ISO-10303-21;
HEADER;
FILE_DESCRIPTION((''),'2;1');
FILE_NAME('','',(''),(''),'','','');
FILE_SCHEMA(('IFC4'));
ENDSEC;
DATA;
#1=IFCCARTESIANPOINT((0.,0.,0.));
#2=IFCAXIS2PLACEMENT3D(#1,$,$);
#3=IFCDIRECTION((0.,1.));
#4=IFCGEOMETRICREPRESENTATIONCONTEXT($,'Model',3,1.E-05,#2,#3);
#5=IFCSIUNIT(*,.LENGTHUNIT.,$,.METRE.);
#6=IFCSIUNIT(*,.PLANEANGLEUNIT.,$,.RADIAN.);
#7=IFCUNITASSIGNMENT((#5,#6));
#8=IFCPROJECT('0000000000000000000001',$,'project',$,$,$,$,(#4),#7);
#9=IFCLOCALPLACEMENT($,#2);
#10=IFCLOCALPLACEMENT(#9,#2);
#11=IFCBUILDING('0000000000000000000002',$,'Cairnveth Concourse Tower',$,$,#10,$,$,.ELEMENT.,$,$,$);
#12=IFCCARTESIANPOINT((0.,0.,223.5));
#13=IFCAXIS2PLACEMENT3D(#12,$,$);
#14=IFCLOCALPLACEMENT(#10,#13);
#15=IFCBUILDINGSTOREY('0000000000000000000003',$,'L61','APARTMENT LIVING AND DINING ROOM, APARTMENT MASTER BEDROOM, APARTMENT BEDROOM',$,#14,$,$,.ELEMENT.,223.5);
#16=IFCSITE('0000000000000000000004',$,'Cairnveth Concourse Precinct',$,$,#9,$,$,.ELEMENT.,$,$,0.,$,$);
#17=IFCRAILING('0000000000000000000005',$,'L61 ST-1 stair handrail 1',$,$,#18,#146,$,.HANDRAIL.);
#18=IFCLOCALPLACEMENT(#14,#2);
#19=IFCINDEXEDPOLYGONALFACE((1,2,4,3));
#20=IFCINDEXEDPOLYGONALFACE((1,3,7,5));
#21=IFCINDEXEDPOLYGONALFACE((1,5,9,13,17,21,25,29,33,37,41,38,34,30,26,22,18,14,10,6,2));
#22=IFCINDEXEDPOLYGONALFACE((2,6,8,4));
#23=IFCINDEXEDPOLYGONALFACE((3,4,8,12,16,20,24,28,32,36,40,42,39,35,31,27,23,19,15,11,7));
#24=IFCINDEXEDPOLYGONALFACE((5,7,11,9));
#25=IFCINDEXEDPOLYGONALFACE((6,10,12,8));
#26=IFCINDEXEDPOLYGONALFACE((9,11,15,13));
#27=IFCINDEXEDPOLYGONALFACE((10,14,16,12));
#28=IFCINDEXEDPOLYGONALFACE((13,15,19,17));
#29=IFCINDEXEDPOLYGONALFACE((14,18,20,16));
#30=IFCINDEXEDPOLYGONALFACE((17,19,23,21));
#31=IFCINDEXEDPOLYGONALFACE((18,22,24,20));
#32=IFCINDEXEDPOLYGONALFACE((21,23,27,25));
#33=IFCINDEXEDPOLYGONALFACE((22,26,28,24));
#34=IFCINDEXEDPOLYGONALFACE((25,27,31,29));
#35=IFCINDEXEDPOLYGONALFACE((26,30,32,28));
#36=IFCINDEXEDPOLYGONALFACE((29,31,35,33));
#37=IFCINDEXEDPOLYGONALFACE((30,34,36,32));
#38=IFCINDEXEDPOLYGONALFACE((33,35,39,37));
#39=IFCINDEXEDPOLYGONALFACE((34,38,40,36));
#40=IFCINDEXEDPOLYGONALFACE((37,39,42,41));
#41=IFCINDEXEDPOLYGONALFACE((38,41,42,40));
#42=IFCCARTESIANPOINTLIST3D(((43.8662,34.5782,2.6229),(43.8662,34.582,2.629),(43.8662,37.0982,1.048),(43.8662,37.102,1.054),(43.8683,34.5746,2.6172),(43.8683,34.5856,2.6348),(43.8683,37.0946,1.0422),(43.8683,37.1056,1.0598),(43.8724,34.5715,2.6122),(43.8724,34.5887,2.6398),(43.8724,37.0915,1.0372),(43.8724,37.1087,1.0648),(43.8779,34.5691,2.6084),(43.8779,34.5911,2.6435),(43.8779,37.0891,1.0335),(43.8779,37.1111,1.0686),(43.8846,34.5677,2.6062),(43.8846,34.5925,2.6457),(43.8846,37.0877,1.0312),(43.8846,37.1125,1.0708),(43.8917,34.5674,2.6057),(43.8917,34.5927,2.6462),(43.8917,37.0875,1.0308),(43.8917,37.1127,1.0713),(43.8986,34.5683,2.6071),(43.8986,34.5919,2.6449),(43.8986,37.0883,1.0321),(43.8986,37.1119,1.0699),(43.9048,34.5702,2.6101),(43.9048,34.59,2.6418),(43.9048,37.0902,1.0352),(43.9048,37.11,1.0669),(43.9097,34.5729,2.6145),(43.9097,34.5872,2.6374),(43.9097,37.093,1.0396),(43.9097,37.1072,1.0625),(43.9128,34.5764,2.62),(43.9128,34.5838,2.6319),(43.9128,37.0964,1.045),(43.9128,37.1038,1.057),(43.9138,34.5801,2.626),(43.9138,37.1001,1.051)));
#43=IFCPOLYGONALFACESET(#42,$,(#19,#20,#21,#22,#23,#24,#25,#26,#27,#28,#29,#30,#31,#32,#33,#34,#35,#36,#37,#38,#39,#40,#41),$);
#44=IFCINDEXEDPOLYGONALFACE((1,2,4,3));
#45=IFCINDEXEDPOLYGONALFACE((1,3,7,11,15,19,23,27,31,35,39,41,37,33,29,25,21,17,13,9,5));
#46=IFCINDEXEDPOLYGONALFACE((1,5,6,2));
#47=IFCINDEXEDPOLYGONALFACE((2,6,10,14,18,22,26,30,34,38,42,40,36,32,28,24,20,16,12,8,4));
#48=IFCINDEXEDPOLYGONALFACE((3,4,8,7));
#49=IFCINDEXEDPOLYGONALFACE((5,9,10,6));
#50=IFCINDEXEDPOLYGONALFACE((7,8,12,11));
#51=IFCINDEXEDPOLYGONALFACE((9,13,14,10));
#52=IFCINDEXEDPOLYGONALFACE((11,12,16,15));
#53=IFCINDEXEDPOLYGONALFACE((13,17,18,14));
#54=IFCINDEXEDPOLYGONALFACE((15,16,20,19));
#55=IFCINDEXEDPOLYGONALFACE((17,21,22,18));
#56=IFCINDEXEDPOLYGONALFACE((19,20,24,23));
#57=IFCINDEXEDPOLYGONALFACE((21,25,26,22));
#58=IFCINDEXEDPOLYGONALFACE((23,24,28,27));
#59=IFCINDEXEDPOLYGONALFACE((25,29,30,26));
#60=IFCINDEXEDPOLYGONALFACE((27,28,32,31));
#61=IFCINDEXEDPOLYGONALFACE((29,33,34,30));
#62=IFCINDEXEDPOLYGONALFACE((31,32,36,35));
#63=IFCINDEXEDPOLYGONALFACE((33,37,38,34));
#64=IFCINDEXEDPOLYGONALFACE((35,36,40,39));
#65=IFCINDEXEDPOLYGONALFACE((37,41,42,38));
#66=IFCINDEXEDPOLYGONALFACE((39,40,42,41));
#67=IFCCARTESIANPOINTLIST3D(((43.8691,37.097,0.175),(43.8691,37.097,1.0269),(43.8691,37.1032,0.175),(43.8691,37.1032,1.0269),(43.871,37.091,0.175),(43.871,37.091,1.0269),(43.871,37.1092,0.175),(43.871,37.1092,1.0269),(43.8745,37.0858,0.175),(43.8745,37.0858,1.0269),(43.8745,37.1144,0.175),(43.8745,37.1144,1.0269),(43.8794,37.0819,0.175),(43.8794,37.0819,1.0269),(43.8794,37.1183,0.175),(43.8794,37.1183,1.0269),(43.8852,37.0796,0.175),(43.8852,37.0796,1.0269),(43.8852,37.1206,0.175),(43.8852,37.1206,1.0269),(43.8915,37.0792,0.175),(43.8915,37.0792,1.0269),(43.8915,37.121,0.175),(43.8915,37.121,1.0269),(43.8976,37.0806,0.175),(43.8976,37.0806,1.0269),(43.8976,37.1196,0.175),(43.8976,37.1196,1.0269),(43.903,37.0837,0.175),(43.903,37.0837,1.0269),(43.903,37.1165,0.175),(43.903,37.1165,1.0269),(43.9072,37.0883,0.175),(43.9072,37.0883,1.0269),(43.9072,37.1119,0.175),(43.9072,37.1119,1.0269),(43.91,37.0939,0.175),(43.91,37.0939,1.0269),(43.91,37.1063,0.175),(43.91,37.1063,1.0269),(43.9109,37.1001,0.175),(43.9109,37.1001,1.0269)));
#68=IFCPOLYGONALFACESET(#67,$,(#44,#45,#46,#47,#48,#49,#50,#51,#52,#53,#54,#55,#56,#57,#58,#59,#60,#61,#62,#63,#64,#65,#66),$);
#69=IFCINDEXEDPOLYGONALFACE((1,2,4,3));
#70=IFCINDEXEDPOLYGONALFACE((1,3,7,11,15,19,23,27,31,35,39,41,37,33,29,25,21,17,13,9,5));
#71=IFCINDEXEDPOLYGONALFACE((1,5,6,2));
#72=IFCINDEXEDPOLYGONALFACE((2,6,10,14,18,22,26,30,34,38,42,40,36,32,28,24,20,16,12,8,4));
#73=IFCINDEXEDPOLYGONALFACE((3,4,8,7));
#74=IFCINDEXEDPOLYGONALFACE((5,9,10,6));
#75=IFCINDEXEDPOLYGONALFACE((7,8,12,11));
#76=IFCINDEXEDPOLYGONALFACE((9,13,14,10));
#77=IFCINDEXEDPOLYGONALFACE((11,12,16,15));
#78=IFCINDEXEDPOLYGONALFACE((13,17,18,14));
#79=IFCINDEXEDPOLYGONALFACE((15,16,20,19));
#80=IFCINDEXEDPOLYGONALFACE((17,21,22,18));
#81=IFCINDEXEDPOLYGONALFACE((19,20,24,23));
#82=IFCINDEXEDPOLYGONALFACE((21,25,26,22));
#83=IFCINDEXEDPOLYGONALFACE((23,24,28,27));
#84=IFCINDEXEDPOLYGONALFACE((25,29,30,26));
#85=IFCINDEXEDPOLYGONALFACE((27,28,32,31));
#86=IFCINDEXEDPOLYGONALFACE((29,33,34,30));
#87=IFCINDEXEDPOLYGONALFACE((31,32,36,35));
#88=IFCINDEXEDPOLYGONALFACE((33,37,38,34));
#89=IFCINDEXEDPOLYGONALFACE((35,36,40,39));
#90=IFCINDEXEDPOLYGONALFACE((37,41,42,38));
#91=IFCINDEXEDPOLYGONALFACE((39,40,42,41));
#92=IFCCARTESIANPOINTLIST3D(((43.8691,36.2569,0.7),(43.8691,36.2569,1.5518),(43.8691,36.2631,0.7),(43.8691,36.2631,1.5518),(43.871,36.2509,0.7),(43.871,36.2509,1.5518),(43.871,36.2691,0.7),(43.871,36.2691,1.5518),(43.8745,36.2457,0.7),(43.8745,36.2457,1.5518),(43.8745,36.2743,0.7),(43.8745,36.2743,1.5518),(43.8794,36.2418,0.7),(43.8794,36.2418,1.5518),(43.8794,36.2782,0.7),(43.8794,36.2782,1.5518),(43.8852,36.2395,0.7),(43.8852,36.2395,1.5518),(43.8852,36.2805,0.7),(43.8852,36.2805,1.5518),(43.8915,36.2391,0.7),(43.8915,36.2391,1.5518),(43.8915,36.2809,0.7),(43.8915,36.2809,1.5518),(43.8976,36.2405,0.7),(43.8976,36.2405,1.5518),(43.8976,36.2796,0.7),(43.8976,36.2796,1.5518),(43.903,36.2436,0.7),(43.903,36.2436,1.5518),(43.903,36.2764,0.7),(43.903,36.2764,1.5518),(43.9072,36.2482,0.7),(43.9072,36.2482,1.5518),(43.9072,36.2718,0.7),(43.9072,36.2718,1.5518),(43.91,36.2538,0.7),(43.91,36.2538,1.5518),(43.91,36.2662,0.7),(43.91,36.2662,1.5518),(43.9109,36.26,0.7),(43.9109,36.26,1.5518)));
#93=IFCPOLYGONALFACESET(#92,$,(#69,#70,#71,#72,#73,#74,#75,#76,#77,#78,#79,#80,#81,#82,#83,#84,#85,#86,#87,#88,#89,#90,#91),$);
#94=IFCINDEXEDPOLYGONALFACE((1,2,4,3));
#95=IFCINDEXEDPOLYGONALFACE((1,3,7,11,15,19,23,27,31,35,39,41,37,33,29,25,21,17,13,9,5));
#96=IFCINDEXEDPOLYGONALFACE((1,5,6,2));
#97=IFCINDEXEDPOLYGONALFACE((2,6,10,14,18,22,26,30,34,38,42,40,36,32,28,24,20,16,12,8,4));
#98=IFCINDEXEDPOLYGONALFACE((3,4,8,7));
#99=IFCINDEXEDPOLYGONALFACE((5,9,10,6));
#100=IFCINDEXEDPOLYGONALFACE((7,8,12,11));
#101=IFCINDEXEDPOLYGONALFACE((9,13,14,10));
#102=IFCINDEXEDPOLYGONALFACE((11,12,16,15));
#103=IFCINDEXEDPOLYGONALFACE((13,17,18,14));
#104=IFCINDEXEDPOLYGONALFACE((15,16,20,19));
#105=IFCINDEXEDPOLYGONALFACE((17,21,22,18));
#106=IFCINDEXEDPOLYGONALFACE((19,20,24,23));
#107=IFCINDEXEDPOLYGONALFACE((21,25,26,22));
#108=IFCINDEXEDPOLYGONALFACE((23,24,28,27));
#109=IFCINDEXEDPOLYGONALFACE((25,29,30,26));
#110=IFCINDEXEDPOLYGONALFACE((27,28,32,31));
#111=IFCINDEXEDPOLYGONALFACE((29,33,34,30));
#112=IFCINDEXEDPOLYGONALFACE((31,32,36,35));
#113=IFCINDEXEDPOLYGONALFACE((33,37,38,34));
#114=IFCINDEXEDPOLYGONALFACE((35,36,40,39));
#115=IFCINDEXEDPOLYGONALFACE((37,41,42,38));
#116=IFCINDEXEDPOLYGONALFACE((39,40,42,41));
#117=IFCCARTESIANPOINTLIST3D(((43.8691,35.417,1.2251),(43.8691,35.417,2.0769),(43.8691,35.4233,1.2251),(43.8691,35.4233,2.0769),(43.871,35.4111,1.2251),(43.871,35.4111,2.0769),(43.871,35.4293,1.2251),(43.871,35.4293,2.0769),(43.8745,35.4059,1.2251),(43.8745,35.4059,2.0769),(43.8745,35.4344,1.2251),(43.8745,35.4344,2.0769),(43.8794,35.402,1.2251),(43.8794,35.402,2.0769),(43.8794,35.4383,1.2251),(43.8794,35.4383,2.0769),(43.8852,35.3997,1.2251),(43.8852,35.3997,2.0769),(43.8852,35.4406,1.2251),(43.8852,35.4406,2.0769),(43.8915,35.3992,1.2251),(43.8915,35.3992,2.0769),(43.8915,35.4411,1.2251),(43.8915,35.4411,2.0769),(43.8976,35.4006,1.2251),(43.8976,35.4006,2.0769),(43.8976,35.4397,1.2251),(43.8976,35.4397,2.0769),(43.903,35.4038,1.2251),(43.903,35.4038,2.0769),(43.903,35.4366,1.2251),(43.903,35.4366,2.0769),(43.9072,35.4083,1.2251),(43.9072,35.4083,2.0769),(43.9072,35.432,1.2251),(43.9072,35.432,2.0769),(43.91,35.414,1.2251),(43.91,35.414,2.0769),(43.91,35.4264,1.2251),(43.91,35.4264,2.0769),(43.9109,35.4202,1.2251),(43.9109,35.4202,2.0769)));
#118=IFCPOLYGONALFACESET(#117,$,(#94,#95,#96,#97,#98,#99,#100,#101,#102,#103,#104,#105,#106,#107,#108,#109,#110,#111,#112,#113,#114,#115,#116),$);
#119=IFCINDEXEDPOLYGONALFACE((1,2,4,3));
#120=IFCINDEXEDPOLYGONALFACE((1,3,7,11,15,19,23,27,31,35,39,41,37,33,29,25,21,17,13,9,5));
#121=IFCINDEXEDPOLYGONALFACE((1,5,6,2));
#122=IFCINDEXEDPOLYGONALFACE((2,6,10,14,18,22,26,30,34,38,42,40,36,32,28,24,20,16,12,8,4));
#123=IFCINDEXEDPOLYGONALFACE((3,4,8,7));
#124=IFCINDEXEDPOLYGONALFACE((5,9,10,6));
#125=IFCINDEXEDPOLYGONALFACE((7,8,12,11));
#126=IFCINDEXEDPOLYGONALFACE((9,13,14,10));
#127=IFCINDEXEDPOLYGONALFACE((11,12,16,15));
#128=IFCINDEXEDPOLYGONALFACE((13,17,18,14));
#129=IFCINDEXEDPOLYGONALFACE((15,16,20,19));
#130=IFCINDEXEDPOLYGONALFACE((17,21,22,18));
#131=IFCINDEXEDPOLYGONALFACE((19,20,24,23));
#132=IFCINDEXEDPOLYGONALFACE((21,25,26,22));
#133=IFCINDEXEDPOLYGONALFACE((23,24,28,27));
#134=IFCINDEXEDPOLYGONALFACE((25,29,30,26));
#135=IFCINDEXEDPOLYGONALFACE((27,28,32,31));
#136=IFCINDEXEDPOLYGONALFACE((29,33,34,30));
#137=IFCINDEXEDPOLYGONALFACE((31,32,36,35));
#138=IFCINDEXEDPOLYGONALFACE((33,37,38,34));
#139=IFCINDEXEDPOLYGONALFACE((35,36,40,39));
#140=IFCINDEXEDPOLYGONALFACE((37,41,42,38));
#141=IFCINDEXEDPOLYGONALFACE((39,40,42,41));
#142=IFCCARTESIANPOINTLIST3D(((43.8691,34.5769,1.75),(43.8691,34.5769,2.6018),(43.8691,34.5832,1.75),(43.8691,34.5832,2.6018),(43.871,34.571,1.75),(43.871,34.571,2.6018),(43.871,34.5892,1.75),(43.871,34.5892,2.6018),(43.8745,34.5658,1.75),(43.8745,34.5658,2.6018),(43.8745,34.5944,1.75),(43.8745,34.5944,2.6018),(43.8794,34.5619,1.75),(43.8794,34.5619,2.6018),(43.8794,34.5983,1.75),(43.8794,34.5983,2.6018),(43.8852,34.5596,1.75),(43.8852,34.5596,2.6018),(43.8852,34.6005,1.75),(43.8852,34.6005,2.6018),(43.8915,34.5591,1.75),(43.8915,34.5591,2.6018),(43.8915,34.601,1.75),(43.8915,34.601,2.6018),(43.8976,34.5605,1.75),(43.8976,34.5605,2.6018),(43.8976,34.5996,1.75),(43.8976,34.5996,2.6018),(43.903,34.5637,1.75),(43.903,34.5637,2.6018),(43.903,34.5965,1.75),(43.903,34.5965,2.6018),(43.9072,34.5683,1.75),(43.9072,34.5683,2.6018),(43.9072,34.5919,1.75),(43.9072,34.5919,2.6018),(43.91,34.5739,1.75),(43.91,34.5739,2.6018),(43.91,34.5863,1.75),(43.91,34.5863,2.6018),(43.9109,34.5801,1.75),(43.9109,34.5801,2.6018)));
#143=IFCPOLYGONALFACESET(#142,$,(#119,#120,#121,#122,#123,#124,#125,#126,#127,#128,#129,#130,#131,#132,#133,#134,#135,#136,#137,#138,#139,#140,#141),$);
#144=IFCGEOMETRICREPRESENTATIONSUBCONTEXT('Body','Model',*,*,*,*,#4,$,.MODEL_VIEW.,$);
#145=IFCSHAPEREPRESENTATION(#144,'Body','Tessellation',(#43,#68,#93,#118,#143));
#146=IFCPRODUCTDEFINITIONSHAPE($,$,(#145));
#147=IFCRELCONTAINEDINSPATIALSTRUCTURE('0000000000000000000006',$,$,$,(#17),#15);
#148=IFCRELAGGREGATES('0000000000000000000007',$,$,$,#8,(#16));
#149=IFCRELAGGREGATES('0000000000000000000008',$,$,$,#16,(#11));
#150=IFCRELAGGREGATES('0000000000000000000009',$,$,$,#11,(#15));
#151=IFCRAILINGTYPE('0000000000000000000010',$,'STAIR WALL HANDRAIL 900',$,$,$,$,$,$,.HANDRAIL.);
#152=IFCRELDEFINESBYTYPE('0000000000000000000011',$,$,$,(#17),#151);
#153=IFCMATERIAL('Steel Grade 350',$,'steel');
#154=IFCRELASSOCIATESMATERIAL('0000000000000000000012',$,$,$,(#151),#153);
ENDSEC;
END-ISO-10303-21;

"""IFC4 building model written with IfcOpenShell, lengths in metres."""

from ifc_helpers import new_model, si_unit, direction, frame, origin, origin_2d, place, context, subcontext, project, spatial, circle, extrude, material, type_object, element, save


model = new_model("IFC4")

# Units and contexts
model_context = context("Model", 3, precision=1e-05, world=origin(), true_north=direction((0.0, 1.0)))
body_context = subcontext(model_context, "Body", "Model", "MODEL_VIEW")
ifc_project = project(units=[si_unit("LENGTHUNIT", "METRE"), si_unit("PLANEANGLEUNIT", "RADIAN")], contexts=[model_context])

# Site, building, storey
site_placement = place(None, origin())
site = spatial("IfcSite", under=ifc_project, at=site_placement, Name="Cairnveth Concourse Precinct", CompositionType="ELEMENT", RefElevation=0.0)
building_placement = place(site_placement, origin())
building = spatial("IfcBuilding", under=site, at=building_placement, Name="Cairnveth Concourse Tower", CompositionType="ELEMENT")
storey_placement = place(building_placement, frame((0.0, 0.0, 223.5)))
storey = spatial("IfcBuildingStorey", under=building, at=storey_placement, Name="L61", Description="APARTMENT LIVING AND DINING ROOM, APARTMENT MASTER BEDROOM, APARTMENT BEDROOM", CompositionType="ELEMENT", Elevation=223.5)

# Shared definitions
ifc_material_1 = material(Name="Steel Grade 350", Category="steel")

# Railing
railing_type_1 = type_object("IfcRailingType", Name="STAIR WALL HANDRAIL 900", PredefinedType="HANDRAIL", material=ifc_material_1)
railing_1_placement = place(storey_placement, frame((43.8899, 37.1001, 0.175)))
element("IfcRailing", 1, at=railing_1_placement, inside=storey, type_object=railing_type_1, Name="L61 ST-1 stair handrail 1", PredefinedType="HANDRAIL", context=body_context, shape_type="SweptSolid", body=[
    extrude(circle(Radius=0.0239, at=origin_2d()), frame((0.0, 0.0, 0.876), z_axis=(0.0, -0.848008, 0.529984), x_axis=(1.0, 0.0, 0.0)), (0.0, 0.0, 1.0), 2.9717),
    extrude(circle(Radius=0.021, at=origin_2d()), origin(), (0.0, 0.0, 1.0), 0.8518),
    extrude(circle(Radius=0.021, at=origin_2d()), frame((0.0, -0.8401, 0.5249)), (0.0, 0.0, 1.0), 0.8518),
    extrude(circle(Radius=0.021, at=origin_2d()), frame((0.0, -1.6799, 1.05)), (0.0, 0.0, 1.0), 0.8518),
    extrude(circle(Radius=0.021, at=origin_2d()), frame((0.0, -2.52, 1.575)), (0.0, 0.0, 1.0), 0.8518),
])

save(model, "model.ifc")
